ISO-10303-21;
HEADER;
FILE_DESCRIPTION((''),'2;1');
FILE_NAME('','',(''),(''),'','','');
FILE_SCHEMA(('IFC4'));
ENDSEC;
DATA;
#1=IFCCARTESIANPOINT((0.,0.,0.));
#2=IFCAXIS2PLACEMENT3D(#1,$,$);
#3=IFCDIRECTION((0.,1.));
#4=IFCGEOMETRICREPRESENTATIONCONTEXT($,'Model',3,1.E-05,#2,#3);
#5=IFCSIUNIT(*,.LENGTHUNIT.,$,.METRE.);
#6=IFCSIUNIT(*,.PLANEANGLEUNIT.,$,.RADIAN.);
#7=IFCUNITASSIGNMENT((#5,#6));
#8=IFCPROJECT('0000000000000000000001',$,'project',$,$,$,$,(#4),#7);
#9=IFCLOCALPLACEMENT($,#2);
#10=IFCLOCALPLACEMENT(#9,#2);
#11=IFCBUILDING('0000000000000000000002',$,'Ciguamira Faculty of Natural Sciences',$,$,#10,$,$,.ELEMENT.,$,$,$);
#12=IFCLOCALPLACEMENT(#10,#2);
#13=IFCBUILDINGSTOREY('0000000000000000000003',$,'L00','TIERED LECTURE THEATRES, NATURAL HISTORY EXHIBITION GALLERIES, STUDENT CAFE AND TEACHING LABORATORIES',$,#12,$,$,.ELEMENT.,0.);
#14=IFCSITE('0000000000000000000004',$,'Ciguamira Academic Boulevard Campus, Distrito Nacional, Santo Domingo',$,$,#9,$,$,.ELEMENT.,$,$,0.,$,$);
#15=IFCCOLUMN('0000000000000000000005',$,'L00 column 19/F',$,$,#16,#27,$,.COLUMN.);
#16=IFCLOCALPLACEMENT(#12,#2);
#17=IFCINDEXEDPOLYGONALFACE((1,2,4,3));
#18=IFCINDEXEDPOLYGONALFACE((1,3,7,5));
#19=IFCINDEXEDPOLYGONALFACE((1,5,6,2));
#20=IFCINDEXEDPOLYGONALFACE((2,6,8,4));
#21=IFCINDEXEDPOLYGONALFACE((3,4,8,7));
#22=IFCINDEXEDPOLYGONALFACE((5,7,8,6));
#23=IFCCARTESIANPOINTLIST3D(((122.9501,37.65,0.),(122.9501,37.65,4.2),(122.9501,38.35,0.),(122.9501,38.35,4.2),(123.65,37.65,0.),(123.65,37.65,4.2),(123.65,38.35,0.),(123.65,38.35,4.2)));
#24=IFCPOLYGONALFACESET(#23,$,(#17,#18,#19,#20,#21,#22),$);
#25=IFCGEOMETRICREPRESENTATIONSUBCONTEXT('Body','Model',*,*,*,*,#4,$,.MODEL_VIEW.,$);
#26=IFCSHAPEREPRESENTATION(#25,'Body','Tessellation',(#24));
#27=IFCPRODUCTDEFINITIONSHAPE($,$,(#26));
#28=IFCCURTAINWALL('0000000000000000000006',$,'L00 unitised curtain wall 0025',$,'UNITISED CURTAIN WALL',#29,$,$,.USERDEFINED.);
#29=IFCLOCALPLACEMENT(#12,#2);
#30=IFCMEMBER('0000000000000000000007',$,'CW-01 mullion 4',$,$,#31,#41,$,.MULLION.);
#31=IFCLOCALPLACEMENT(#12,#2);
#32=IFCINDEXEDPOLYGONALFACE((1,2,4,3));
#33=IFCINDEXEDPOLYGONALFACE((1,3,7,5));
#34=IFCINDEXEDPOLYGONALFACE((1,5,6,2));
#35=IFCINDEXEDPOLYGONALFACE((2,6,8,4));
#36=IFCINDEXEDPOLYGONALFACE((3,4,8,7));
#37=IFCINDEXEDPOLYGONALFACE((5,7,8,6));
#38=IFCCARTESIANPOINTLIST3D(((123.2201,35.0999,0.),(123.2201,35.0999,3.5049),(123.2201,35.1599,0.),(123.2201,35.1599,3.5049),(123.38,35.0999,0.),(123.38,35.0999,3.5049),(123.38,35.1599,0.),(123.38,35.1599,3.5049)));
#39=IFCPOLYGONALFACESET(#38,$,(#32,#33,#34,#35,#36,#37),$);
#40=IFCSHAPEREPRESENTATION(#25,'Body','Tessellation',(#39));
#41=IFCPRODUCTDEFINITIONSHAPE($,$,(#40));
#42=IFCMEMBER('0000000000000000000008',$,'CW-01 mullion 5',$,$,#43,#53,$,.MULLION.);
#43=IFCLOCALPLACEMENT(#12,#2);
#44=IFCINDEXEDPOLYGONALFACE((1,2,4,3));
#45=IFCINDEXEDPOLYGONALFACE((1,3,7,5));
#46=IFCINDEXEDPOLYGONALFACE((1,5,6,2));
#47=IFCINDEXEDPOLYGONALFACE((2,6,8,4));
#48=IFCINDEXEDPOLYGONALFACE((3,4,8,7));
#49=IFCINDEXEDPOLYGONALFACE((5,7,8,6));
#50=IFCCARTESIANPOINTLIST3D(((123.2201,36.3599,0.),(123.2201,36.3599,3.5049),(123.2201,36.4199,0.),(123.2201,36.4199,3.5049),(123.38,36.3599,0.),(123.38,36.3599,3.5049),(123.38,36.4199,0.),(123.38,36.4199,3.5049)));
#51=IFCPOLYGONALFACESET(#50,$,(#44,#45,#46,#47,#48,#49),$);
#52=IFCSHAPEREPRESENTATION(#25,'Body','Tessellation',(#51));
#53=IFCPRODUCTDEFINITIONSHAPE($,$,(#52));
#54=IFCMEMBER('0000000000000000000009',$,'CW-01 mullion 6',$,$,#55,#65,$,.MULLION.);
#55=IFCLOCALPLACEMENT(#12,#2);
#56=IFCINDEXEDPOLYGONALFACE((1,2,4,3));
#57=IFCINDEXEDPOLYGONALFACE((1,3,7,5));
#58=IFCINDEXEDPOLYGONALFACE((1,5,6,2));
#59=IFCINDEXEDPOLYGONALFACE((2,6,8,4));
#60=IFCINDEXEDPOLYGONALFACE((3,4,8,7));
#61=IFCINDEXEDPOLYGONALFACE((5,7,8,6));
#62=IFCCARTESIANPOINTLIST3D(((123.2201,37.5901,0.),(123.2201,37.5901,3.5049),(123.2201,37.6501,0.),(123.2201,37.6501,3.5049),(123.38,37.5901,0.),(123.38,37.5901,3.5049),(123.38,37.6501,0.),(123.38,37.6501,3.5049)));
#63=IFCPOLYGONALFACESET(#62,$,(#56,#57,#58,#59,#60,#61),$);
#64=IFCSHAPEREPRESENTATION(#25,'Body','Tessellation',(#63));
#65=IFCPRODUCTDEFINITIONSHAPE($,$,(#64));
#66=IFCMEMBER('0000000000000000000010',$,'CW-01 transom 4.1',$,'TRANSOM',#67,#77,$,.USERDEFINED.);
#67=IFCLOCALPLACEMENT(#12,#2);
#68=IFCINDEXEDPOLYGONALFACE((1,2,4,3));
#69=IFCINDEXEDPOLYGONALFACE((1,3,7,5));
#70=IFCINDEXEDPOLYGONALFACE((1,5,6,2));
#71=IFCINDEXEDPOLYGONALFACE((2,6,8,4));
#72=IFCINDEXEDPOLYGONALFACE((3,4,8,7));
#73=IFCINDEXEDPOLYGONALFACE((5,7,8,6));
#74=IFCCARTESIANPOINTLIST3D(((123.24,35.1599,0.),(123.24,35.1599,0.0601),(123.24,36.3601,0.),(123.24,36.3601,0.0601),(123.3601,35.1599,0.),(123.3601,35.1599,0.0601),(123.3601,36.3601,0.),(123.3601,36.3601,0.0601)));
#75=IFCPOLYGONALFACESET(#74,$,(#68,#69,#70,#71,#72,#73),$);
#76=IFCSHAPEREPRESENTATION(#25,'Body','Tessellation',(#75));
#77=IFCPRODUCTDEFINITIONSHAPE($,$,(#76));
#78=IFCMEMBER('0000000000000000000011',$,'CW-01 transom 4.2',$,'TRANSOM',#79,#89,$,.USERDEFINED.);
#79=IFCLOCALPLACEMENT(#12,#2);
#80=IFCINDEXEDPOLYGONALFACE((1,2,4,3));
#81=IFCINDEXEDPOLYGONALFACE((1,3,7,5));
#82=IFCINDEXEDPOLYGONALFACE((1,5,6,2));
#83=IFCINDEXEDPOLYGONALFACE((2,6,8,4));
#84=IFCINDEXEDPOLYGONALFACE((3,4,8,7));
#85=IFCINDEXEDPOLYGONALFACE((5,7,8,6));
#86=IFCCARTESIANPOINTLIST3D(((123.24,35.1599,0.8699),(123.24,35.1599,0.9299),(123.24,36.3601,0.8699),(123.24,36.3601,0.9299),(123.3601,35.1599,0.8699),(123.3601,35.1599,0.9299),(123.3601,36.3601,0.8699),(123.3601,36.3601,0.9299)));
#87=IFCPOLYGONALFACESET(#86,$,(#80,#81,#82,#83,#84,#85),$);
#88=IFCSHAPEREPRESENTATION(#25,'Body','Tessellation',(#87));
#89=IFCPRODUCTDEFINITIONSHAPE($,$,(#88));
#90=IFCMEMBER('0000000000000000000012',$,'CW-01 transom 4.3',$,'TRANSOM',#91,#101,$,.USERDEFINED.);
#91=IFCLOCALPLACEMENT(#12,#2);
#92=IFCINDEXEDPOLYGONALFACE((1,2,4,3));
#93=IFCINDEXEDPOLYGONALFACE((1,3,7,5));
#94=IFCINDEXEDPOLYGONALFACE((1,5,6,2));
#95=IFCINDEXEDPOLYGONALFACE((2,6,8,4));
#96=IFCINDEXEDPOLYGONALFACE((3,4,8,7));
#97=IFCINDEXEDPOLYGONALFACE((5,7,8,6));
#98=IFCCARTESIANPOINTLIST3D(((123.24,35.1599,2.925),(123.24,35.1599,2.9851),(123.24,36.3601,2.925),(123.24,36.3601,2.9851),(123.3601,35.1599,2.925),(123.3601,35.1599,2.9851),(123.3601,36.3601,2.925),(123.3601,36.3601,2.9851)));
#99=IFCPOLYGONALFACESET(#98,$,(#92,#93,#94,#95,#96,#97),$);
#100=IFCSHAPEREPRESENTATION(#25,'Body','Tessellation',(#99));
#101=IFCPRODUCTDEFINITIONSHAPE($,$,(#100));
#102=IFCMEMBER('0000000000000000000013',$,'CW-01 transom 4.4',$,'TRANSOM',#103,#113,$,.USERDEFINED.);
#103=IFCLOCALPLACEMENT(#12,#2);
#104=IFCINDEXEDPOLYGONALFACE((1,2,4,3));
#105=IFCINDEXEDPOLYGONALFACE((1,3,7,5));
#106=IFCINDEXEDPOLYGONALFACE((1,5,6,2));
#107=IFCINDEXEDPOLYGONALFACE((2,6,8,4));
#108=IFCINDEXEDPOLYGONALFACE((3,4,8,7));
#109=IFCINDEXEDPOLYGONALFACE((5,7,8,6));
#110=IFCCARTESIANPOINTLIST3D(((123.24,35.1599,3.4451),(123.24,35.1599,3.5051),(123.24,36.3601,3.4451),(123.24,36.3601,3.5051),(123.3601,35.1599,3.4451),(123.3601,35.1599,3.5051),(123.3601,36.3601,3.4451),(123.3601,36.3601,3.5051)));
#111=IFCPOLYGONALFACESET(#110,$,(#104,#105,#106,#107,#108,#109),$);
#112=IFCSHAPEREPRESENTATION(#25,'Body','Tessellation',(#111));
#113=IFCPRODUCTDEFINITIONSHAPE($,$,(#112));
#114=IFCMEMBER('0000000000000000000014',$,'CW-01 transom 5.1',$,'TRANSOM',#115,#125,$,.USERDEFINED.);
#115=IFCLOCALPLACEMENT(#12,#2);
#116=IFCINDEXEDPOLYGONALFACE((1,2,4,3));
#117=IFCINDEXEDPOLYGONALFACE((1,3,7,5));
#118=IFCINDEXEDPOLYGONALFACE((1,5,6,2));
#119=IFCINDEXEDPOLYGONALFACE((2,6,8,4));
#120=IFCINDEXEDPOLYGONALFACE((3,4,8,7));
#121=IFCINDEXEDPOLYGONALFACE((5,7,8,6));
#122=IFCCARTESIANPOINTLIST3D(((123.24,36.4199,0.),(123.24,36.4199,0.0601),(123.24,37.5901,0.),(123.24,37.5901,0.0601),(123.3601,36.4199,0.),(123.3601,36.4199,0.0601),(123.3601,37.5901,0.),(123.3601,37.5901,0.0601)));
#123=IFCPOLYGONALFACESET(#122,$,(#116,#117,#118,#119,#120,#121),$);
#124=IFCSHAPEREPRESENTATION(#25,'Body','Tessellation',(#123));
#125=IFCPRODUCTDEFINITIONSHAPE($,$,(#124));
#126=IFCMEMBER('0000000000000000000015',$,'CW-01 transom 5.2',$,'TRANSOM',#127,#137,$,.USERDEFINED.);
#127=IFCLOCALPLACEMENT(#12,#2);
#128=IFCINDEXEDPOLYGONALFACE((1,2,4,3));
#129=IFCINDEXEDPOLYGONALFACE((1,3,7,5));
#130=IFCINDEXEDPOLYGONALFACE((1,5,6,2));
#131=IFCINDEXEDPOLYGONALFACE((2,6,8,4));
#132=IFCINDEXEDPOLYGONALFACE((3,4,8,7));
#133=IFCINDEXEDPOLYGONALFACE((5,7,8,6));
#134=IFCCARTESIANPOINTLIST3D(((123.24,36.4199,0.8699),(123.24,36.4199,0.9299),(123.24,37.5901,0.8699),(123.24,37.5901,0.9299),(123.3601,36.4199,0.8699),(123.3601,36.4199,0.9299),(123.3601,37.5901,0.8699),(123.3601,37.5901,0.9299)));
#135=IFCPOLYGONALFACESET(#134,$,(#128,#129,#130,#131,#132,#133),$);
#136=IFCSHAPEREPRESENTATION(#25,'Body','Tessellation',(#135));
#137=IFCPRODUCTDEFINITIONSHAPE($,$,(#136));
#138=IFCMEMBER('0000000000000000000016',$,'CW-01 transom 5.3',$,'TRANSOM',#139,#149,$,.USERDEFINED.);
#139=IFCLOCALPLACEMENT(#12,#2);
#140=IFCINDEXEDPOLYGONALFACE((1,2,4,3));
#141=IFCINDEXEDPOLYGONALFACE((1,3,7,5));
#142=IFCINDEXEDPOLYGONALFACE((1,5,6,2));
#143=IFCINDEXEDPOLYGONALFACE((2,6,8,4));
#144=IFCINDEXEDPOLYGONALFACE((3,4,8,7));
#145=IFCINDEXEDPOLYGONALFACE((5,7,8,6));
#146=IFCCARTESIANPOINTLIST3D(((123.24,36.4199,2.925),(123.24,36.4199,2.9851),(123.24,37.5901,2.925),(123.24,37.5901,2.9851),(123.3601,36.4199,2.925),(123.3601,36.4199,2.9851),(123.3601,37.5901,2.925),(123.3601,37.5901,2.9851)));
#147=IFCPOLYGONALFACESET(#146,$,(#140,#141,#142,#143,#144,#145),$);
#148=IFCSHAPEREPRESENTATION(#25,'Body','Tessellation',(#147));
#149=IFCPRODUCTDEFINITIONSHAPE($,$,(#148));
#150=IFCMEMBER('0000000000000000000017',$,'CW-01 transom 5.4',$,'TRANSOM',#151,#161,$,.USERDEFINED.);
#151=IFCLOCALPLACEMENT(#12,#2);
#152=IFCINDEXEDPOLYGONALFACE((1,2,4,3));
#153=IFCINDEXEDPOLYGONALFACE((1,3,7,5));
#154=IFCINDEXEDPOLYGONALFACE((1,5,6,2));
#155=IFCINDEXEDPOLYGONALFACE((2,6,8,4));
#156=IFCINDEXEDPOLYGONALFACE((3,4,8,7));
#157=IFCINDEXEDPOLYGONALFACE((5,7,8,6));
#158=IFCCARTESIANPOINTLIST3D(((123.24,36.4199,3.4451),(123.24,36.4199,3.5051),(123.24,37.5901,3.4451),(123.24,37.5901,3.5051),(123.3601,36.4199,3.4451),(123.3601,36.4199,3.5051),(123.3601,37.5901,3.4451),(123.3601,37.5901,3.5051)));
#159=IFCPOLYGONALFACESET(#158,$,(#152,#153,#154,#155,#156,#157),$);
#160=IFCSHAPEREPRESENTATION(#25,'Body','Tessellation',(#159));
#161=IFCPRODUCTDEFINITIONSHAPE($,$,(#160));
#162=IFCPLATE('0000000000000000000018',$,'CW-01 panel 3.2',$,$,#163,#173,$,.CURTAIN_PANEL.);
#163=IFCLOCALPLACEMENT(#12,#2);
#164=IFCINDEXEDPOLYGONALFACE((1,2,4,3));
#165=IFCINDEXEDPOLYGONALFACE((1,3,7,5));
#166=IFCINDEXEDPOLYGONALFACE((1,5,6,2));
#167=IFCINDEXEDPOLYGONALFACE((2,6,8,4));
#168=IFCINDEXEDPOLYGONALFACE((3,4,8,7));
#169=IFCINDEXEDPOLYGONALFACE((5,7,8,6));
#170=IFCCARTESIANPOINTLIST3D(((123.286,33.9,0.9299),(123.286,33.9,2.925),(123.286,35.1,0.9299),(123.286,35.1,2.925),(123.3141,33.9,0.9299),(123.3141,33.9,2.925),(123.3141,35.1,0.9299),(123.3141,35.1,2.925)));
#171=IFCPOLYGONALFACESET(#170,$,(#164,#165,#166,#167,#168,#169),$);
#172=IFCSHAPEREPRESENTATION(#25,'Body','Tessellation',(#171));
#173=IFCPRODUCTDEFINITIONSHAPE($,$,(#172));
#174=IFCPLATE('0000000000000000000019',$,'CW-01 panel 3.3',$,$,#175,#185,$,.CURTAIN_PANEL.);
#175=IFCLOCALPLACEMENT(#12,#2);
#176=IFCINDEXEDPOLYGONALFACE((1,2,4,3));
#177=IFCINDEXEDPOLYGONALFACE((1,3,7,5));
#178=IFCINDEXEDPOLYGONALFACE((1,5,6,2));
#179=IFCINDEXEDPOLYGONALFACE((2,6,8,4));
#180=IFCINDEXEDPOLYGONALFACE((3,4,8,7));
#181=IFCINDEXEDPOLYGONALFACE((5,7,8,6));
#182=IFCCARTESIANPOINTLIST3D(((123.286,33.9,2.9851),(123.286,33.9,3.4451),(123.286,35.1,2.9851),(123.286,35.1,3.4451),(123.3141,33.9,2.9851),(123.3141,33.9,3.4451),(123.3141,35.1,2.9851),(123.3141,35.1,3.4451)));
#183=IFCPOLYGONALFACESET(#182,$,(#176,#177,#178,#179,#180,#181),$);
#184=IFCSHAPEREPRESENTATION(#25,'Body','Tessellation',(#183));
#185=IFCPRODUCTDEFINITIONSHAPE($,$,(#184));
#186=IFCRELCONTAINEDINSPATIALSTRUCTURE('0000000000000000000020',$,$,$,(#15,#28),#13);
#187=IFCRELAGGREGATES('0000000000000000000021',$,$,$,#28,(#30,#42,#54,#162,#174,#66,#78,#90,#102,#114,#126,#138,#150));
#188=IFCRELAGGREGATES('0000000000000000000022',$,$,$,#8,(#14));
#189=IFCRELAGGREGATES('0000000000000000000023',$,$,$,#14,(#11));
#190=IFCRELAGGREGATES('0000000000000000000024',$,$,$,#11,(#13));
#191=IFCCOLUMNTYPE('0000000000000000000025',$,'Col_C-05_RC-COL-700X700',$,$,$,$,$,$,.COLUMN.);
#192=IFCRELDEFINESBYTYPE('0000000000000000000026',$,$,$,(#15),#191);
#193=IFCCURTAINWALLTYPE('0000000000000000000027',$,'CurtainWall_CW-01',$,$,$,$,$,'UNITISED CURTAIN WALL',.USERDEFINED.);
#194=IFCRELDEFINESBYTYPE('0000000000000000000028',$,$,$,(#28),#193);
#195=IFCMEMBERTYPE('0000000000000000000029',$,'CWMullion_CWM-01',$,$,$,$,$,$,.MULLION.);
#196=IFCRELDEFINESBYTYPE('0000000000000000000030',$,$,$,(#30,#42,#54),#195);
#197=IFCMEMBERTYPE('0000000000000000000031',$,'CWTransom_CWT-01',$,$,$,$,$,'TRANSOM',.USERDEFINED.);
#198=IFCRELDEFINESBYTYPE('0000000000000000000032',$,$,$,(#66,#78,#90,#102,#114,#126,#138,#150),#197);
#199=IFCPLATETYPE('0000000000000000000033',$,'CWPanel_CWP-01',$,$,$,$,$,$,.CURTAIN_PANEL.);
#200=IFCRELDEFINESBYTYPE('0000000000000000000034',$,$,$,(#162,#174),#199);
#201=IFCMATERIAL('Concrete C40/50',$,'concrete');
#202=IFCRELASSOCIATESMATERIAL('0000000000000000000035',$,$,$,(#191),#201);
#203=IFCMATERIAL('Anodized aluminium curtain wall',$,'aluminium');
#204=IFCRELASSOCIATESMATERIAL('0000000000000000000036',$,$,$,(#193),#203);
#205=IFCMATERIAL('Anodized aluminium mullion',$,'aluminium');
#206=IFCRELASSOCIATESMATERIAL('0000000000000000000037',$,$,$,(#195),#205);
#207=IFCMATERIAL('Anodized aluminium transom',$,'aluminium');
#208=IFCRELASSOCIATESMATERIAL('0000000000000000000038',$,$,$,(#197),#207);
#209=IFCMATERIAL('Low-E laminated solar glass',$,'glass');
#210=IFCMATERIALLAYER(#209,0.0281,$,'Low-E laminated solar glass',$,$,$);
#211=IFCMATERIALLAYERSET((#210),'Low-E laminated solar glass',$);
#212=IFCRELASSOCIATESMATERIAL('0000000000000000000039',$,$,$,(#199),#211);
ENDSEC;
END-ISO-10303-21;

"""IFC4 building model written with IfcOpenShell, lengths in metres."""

from ifc_helpers import new_model, si_unit, direction, frame, origin, origin_2d, place, context, subcontext, project, spatial, rectangle, extrude, material, layer, layer_set, material_profile, profile_set, type_object, element, aggregate, save


model = new_model("IFC4")

# Units and contexts
model_context = context("Model", 3, precision=1e-05, world=origin(), true_north=direction((0.0, 1.0)))
body_context = subcontext(model_context, "Body", "Model", "MODEL_VIEW")
ifc_project = project(units=[si_unit("LENGTHUNIT", "METRE"), si_unit("PLANEANGLEUNIT", "RADIAN")], contexts=[model_context])

# Site, building, storey
site_placement = place(None, origin())
site = spatial("IfcSite", under=ifc_project, at=site_placement, Name="Ciguamira Academic Boulevard Campus, Distrito Nacional, Santo Domingo", CompositionType="ELEMENT", RefElevation=0.0)
building_placement = place(site_placement, origin())
building = spatial("IfcBuilding", under=site, at=building_placement, Name="Ciguamira Faculty of Natural Sciences", CompositionType="ELEMENT")
storey_placement = place(building_placement, origin())
storey = spatial("IfcBuildingStorey", under=building, at=storey_placement, Name="L00", Description="TIERED LECTURE THEATRES, NATURAL HISTORY EXHIBITION GALLERIES, STUDENT CAFE AND TEACHING LABORATORIES", CompositionType="ELEMENT", Elevation=0.0)

# Column
ifc_material_1 = material(Name="Concrete C40/50", Category="concrete")
ifc_material_profile_1 = material_profile(ifc_material_1, rectangle(XDim=0.7, YDim=0.7, at=origin_2d()), Name="RC-COL-700X700")
ifc_profile_set_1 = profile_set([ifc_material_profile_1], Name="Concrete C40/50")
column_type = type_object("IfcColumnType", Name="Col_C-05_RC-COL-700X700", PredefinedType="COLUMN", material=ifc_profile_set_1)
column_placement = place(storey_placement, frame((123.3, 38.0, 0.0), z_axis=(0.0, 0.0, 1.0), x_axis=(1.0, 0.0, 0.0)))
element("IfcColumn", 1, at=column_placement, inside=storey, type_object=column_type, Name="L00 column 19/F", PredefinedType="COLUMN", context=body_context, shape_type="SweptSolid", body=[
    extrude(rectangle(XDim=0.7, YDim=0.7, at=origin_2d()), origin(), (0.0, 0.0, 1.0), 4.2),
])

# Curtain wall, members, plates
ifc_material_2 = material(Name="Anodized aluminium curtain wall", Category="aluminium")
curtain_wall_type = type_object("IfcCurtainWallType", Name="CurtainWall_CW-01", ElementType="UNITISED CURTAIN WALL", PredefinedType="USERDEFINED", material=ifc_material_2)
curtain_wall_placement = place(storey_placement, origin())
curtain_wall = element("IfcCurtainWall", 2, at=curtain_wall_placement, inside=storey, type_object=curtain_wall_type, Name="L00 unitised curtain wall 0025", ObjectType="UNITISED CURTAIN WALL", PredefinedType="USERDEFINED")
ifc_material_3 = material(Name="Anodized aluminium mullion", Category="aluminium")
ifc_material_profile_2 = material_profile(ifc_material_3, rectangle(XDim=0.0601, YDim=0.1599, at=origin_2d()), Name="ALU-MUL-60X160")
ifc_profile_set_2 = profile_set([ifc_material_profile_2], Name="Anodized aluminium mullion")
member_type_1 = type_object("IfcMemberType", Name="CWMullion_CWM-01", PredefinedType="MULLION", material=ifc_profile_set_2)
member_1_placement = place(storey_placement, frame((123.3, 35.1299, 0.0), z_axis=(0.0, 0.0, 1.0), x_axis=(0.0, 1.0, 0.0)))
member_1 = element("IfcMember", 3, at=member_1_placement, type_object=member_type_1, Name="CW-01 mullion 4", PredefinedType="MULLION", context=body_context, shape_type="SweptSolid", body=[
    extrude(rectangle(XDim=0.0601, YDim=0.1599, at=origin_2d()), origin(), (0.0, 0.0, 1.0), 3.5049),
])
member_2_placement = place(storey_placement, frame((123.3, 36.3899, 0.0), z_axis=(0.0, 0.0, 1.0), x_axis=(0.0, 1.0, 0.0)))
member_2 = element("IfcMember", 4, at=member_2_placement, type_object=member_type_1, Name="CW-01 mullion 5", PredefinedType="MULLION", context=body_context, shape_type="SweptSolid", body=[
    extrude(rectangle(XDim=0.0601, YDim=0.1599, at=origin_2d()), origin(), (0.0, 0.0, 1.0), 3.5049),
])
member_3_placement = place(storey_placement, frame((123.3, 37.6201, 0.0), z_axis=(0.0, 0.0, 1.0), x_axis=(0.0, 1.0, 0.0)))
member_3 = element("IfcMember", 5, at=member_3_placement, type_object=member_type_1, Name="CW-01 mullion 6", PredefinedType="MULLION", context=body_context, shape_type="SweptSolid", body=[
    extrude(rectangle(XDim=0.0601, YDim=0.1599, at=origin_2d()), origin(), (0.0, 0.0, 1.0), 3.5049),
])
ifc_material_4 = material(Name="Anodized aluminium transom", Category="aluminium")
ifc_material_profile_3 = material_profile(ifc_material_4, rectangle(XDim=0.0601, YDim=0.1201, at=origin_2d()), Name="ALU-TRN-60X120")
ifc_profile_set_3 = profile_set([ifc_material_profile_3], Name="Anodized aluminium transom")
member_type_2 = type_object("IfcMemberType", Name="CWTransom_CWT-01", ElementType="TRANSOM", PredefinedType="USERDEFINED", material=ifc_profile_set_3)
member_4_placement = place(storey_placement, frame((123.3, 35.1599, 0.03), z_axis=(0.0, 1.0, 0.0), x_axis=(0.0, 0.0, 1.0)))
member_4 = element("IfcMember", 6, at=member_4_placement, type_object=member_type_2, Name="CW-01 transom 4.1", ObjectType="TRANSOM", PredefinedType="USERDEFINED", context=body_context, shape_type="SweptSolid", body=[
    extrude(rectangle(XDim=0.0601, YDim=0.1201, at=origin_2d()), origin(), (0.0, 0.0, 1.0), 1.2002),
])
member_5_placement = place(storey_placement, frame((123.3, 35.1599, 0.8999), z_axis=(0.0, 1.0, 0.0), x_axis=(0.0, 0.0, 1.0)))
member_5 = element("IfcMember", 7, at=member_5_placement, type_object=member_type_2, Name="CW-01 transom 4.2", ObjectType="TRANSOM", PredefinedType="USERDEFINED", context=body_context, shape_type="SweptSolid", body=[
    extrude(rectangle(XDim=0.0601, YDim=0.1201, at=origin_2d()), origin(), (0.0, 0.0, 1.0), 1.2002),
])
member_6_placement = place(storey_placement, frame((123.3, 35.1599, 2.9551), z_axis=(0.0, 1.0, 0.0), x_axis=(0.0, 0.0, 1.0)))
member_6 = element("IfcMember", 8, at=member_6_placement, type_object=member_type_2, Name="CW-01 transom 4.3", ObjectType="TRANSOM", PredefinedType="USERDEFINED", context=body_context, shape_type="SweptSolid", body=[
    extrude(rectangle(XDim=0.0601, YDim=0.1201, at=origin_2d()), origin(), (0.0, 0.0, 1.0), 1.2002),
])
member_7_placement = place(storey_placement, frame((123.3, 35.1599, 3.4751), z_axis=(0.0, 1.0, 0.0), x_axis=(0.0, 0.0, 1.0)))
member_7 = element("IfcMember", 9, at=member_7_placement, type_object=member_type_2, Name="CW-01 transom 4.4", ObjectType="TRANSOM", PredefinedType="USERDEFINED", context=body_context, shape_type="SweptSolid", body=[
    extrude(rectangle(XDim=0.0601, YDim=0.1201, at=origin_2d()), origin(), (0.0, 0.0, 1.0), 1.2002),
])
member_8_placement = place(storey_placement, frame((123.3, 36.4199, 0.03), z_axis=(0.0, 1.0, 0.0), x_axis=(0.0, 0.0, 1.0)))
member_8 = element("IfcMember", 10, at=member_8_placement, type_object=member_type_2, Name="CW-01 transom 5.1", ObjectType="TRANSOM", PredefinedType="USERDEFINED", context=body_context, shape_type="SweptSolid", body=[
    extrude(rectangle(XDim=0.0601, YDim=0.1201, at=origin_2d()), origin(), (0.0, 0.0, 1.0), 1.1702),
])
member_9_placement = place(storey_placement, frame((123.3, 36.4199, 0.8999), z_axis=(0.0, 1.0, 0.0), x_axis=(0.0, 0.0, 1.0)))
member_9 = element("IfcMember", 11, at=member_9_placement, type_object=member_type_2, Name="CW-01 transom 5.2", ObjectType="TRANSOM", PredefinedType="USERDEFINED", context=body_context, shape_type="SweptSolid", body=[
    extrude(rectangle(XDim=0.0601, YDim=0.1201, at=origin_2d()), origin(), (0.0, 0.0, 1.0), 1.1702),
])
member_10_placement = place(storey_placement, frame((123.3, 36.4199, 2.9551), z_axis=(0.0, 1.0, 0.0), x_axis=(0.0, 0.0, 1.0)))
member_10 = element("IfcMember", 12, at=member_10_placement, type_object=member_type_2, Name="CW-01 transom 5.3", ObjectType="TRANSOM", PredefinedType="USERDEFINED", context=body_context, shape_type="SweptSolid", body=[
    extrude(rectangle(XDim=0.0601, YDim=0.1201, at=origin_2d()), origin(), (0.0, 0.0, 1.0), 1.1702),
])
member_11_placement = place(storey_placement, frame((123.3, 36.4199, 3.4751), z_axis=(0.0, 1.0, 0.0), x_axis=(0.0, 0.0, 1.0)))
member_11 = element("IfcMember", 13, at=member_11_placement, type_object=member_type_2, Name="CW-01 transom 5.4", ObjectType="TRANSOM", PredefinedType="USERDEFINED", context=body_context, shape_type="SweptSolid", body=[
    extrude(rectangle(XDim=0.0601, YDim=0.1201, at=origin_2d()), origin(), (0.0, 0.0, 1.0), 1.1702),
])
ifc_material_5 = material(Name="Low-E laminated solar glass", Category="glass")
ifc_layer = layer(ifc_material_5, 0.0281, Name="Low-E laminated solar glass")
ifc_layer_set = layer_set([ifc_layer], Name="Low-E laminated solar glass")
plate_type = type_object("IfcPlateType", Name="CWPanel_CWP-01", PredefinedType="CURTAIN_PANEL", material=ifc_layer_set)
plate_1_placement = place(storey_placement, frame((123.3, 34.5, 0.9299), z_axis=(0.0, 0.0, 1.0), x_axis=(0.0, 1.0, 0.0)))
plate_1 = element("IfcPlate", 14, at=plate_1_placement, type_object=plate_type, Name="CW-01 panel 3.2", PredefinedType="CURTAIN_PANEL", context=body_context, shape_type="SweptSolid", body=[
    extrude(rectangle(XDim=1.2, YDim=0.0281, at=origin_2d()), origin(), (0.0, 0.0, 1.0), 1.9951),
])
plate_2_placement = place(storey_placement, frame((123.3, 34.5, 2.9851), z_axis=(0.0, 0.0, 1.0), x_axis=(0.0, 1.0, 0.0)))
plate_2 = element("IfcPlate", 15, at=plate_2_placement, type_object=plate_type, Name="CW-01 panel 3.3", PredefinedType="CURTAIN_PANEL", context=body_context, shape_type="SweptSolid", body=[
    extrude(rectangle(XDim=1.2, YDim=0.0281, at=origin_2d()), origin(), (0.0, 0.0, 1.0), 0.46),
])
aggregate(curtain_wall, [member_1, member_2, member_3, plate_1, plate_2, member_4, member_5, member_6, member_7, member_8, member_9, member_10, member_11])

save(model, "model.ifc")
